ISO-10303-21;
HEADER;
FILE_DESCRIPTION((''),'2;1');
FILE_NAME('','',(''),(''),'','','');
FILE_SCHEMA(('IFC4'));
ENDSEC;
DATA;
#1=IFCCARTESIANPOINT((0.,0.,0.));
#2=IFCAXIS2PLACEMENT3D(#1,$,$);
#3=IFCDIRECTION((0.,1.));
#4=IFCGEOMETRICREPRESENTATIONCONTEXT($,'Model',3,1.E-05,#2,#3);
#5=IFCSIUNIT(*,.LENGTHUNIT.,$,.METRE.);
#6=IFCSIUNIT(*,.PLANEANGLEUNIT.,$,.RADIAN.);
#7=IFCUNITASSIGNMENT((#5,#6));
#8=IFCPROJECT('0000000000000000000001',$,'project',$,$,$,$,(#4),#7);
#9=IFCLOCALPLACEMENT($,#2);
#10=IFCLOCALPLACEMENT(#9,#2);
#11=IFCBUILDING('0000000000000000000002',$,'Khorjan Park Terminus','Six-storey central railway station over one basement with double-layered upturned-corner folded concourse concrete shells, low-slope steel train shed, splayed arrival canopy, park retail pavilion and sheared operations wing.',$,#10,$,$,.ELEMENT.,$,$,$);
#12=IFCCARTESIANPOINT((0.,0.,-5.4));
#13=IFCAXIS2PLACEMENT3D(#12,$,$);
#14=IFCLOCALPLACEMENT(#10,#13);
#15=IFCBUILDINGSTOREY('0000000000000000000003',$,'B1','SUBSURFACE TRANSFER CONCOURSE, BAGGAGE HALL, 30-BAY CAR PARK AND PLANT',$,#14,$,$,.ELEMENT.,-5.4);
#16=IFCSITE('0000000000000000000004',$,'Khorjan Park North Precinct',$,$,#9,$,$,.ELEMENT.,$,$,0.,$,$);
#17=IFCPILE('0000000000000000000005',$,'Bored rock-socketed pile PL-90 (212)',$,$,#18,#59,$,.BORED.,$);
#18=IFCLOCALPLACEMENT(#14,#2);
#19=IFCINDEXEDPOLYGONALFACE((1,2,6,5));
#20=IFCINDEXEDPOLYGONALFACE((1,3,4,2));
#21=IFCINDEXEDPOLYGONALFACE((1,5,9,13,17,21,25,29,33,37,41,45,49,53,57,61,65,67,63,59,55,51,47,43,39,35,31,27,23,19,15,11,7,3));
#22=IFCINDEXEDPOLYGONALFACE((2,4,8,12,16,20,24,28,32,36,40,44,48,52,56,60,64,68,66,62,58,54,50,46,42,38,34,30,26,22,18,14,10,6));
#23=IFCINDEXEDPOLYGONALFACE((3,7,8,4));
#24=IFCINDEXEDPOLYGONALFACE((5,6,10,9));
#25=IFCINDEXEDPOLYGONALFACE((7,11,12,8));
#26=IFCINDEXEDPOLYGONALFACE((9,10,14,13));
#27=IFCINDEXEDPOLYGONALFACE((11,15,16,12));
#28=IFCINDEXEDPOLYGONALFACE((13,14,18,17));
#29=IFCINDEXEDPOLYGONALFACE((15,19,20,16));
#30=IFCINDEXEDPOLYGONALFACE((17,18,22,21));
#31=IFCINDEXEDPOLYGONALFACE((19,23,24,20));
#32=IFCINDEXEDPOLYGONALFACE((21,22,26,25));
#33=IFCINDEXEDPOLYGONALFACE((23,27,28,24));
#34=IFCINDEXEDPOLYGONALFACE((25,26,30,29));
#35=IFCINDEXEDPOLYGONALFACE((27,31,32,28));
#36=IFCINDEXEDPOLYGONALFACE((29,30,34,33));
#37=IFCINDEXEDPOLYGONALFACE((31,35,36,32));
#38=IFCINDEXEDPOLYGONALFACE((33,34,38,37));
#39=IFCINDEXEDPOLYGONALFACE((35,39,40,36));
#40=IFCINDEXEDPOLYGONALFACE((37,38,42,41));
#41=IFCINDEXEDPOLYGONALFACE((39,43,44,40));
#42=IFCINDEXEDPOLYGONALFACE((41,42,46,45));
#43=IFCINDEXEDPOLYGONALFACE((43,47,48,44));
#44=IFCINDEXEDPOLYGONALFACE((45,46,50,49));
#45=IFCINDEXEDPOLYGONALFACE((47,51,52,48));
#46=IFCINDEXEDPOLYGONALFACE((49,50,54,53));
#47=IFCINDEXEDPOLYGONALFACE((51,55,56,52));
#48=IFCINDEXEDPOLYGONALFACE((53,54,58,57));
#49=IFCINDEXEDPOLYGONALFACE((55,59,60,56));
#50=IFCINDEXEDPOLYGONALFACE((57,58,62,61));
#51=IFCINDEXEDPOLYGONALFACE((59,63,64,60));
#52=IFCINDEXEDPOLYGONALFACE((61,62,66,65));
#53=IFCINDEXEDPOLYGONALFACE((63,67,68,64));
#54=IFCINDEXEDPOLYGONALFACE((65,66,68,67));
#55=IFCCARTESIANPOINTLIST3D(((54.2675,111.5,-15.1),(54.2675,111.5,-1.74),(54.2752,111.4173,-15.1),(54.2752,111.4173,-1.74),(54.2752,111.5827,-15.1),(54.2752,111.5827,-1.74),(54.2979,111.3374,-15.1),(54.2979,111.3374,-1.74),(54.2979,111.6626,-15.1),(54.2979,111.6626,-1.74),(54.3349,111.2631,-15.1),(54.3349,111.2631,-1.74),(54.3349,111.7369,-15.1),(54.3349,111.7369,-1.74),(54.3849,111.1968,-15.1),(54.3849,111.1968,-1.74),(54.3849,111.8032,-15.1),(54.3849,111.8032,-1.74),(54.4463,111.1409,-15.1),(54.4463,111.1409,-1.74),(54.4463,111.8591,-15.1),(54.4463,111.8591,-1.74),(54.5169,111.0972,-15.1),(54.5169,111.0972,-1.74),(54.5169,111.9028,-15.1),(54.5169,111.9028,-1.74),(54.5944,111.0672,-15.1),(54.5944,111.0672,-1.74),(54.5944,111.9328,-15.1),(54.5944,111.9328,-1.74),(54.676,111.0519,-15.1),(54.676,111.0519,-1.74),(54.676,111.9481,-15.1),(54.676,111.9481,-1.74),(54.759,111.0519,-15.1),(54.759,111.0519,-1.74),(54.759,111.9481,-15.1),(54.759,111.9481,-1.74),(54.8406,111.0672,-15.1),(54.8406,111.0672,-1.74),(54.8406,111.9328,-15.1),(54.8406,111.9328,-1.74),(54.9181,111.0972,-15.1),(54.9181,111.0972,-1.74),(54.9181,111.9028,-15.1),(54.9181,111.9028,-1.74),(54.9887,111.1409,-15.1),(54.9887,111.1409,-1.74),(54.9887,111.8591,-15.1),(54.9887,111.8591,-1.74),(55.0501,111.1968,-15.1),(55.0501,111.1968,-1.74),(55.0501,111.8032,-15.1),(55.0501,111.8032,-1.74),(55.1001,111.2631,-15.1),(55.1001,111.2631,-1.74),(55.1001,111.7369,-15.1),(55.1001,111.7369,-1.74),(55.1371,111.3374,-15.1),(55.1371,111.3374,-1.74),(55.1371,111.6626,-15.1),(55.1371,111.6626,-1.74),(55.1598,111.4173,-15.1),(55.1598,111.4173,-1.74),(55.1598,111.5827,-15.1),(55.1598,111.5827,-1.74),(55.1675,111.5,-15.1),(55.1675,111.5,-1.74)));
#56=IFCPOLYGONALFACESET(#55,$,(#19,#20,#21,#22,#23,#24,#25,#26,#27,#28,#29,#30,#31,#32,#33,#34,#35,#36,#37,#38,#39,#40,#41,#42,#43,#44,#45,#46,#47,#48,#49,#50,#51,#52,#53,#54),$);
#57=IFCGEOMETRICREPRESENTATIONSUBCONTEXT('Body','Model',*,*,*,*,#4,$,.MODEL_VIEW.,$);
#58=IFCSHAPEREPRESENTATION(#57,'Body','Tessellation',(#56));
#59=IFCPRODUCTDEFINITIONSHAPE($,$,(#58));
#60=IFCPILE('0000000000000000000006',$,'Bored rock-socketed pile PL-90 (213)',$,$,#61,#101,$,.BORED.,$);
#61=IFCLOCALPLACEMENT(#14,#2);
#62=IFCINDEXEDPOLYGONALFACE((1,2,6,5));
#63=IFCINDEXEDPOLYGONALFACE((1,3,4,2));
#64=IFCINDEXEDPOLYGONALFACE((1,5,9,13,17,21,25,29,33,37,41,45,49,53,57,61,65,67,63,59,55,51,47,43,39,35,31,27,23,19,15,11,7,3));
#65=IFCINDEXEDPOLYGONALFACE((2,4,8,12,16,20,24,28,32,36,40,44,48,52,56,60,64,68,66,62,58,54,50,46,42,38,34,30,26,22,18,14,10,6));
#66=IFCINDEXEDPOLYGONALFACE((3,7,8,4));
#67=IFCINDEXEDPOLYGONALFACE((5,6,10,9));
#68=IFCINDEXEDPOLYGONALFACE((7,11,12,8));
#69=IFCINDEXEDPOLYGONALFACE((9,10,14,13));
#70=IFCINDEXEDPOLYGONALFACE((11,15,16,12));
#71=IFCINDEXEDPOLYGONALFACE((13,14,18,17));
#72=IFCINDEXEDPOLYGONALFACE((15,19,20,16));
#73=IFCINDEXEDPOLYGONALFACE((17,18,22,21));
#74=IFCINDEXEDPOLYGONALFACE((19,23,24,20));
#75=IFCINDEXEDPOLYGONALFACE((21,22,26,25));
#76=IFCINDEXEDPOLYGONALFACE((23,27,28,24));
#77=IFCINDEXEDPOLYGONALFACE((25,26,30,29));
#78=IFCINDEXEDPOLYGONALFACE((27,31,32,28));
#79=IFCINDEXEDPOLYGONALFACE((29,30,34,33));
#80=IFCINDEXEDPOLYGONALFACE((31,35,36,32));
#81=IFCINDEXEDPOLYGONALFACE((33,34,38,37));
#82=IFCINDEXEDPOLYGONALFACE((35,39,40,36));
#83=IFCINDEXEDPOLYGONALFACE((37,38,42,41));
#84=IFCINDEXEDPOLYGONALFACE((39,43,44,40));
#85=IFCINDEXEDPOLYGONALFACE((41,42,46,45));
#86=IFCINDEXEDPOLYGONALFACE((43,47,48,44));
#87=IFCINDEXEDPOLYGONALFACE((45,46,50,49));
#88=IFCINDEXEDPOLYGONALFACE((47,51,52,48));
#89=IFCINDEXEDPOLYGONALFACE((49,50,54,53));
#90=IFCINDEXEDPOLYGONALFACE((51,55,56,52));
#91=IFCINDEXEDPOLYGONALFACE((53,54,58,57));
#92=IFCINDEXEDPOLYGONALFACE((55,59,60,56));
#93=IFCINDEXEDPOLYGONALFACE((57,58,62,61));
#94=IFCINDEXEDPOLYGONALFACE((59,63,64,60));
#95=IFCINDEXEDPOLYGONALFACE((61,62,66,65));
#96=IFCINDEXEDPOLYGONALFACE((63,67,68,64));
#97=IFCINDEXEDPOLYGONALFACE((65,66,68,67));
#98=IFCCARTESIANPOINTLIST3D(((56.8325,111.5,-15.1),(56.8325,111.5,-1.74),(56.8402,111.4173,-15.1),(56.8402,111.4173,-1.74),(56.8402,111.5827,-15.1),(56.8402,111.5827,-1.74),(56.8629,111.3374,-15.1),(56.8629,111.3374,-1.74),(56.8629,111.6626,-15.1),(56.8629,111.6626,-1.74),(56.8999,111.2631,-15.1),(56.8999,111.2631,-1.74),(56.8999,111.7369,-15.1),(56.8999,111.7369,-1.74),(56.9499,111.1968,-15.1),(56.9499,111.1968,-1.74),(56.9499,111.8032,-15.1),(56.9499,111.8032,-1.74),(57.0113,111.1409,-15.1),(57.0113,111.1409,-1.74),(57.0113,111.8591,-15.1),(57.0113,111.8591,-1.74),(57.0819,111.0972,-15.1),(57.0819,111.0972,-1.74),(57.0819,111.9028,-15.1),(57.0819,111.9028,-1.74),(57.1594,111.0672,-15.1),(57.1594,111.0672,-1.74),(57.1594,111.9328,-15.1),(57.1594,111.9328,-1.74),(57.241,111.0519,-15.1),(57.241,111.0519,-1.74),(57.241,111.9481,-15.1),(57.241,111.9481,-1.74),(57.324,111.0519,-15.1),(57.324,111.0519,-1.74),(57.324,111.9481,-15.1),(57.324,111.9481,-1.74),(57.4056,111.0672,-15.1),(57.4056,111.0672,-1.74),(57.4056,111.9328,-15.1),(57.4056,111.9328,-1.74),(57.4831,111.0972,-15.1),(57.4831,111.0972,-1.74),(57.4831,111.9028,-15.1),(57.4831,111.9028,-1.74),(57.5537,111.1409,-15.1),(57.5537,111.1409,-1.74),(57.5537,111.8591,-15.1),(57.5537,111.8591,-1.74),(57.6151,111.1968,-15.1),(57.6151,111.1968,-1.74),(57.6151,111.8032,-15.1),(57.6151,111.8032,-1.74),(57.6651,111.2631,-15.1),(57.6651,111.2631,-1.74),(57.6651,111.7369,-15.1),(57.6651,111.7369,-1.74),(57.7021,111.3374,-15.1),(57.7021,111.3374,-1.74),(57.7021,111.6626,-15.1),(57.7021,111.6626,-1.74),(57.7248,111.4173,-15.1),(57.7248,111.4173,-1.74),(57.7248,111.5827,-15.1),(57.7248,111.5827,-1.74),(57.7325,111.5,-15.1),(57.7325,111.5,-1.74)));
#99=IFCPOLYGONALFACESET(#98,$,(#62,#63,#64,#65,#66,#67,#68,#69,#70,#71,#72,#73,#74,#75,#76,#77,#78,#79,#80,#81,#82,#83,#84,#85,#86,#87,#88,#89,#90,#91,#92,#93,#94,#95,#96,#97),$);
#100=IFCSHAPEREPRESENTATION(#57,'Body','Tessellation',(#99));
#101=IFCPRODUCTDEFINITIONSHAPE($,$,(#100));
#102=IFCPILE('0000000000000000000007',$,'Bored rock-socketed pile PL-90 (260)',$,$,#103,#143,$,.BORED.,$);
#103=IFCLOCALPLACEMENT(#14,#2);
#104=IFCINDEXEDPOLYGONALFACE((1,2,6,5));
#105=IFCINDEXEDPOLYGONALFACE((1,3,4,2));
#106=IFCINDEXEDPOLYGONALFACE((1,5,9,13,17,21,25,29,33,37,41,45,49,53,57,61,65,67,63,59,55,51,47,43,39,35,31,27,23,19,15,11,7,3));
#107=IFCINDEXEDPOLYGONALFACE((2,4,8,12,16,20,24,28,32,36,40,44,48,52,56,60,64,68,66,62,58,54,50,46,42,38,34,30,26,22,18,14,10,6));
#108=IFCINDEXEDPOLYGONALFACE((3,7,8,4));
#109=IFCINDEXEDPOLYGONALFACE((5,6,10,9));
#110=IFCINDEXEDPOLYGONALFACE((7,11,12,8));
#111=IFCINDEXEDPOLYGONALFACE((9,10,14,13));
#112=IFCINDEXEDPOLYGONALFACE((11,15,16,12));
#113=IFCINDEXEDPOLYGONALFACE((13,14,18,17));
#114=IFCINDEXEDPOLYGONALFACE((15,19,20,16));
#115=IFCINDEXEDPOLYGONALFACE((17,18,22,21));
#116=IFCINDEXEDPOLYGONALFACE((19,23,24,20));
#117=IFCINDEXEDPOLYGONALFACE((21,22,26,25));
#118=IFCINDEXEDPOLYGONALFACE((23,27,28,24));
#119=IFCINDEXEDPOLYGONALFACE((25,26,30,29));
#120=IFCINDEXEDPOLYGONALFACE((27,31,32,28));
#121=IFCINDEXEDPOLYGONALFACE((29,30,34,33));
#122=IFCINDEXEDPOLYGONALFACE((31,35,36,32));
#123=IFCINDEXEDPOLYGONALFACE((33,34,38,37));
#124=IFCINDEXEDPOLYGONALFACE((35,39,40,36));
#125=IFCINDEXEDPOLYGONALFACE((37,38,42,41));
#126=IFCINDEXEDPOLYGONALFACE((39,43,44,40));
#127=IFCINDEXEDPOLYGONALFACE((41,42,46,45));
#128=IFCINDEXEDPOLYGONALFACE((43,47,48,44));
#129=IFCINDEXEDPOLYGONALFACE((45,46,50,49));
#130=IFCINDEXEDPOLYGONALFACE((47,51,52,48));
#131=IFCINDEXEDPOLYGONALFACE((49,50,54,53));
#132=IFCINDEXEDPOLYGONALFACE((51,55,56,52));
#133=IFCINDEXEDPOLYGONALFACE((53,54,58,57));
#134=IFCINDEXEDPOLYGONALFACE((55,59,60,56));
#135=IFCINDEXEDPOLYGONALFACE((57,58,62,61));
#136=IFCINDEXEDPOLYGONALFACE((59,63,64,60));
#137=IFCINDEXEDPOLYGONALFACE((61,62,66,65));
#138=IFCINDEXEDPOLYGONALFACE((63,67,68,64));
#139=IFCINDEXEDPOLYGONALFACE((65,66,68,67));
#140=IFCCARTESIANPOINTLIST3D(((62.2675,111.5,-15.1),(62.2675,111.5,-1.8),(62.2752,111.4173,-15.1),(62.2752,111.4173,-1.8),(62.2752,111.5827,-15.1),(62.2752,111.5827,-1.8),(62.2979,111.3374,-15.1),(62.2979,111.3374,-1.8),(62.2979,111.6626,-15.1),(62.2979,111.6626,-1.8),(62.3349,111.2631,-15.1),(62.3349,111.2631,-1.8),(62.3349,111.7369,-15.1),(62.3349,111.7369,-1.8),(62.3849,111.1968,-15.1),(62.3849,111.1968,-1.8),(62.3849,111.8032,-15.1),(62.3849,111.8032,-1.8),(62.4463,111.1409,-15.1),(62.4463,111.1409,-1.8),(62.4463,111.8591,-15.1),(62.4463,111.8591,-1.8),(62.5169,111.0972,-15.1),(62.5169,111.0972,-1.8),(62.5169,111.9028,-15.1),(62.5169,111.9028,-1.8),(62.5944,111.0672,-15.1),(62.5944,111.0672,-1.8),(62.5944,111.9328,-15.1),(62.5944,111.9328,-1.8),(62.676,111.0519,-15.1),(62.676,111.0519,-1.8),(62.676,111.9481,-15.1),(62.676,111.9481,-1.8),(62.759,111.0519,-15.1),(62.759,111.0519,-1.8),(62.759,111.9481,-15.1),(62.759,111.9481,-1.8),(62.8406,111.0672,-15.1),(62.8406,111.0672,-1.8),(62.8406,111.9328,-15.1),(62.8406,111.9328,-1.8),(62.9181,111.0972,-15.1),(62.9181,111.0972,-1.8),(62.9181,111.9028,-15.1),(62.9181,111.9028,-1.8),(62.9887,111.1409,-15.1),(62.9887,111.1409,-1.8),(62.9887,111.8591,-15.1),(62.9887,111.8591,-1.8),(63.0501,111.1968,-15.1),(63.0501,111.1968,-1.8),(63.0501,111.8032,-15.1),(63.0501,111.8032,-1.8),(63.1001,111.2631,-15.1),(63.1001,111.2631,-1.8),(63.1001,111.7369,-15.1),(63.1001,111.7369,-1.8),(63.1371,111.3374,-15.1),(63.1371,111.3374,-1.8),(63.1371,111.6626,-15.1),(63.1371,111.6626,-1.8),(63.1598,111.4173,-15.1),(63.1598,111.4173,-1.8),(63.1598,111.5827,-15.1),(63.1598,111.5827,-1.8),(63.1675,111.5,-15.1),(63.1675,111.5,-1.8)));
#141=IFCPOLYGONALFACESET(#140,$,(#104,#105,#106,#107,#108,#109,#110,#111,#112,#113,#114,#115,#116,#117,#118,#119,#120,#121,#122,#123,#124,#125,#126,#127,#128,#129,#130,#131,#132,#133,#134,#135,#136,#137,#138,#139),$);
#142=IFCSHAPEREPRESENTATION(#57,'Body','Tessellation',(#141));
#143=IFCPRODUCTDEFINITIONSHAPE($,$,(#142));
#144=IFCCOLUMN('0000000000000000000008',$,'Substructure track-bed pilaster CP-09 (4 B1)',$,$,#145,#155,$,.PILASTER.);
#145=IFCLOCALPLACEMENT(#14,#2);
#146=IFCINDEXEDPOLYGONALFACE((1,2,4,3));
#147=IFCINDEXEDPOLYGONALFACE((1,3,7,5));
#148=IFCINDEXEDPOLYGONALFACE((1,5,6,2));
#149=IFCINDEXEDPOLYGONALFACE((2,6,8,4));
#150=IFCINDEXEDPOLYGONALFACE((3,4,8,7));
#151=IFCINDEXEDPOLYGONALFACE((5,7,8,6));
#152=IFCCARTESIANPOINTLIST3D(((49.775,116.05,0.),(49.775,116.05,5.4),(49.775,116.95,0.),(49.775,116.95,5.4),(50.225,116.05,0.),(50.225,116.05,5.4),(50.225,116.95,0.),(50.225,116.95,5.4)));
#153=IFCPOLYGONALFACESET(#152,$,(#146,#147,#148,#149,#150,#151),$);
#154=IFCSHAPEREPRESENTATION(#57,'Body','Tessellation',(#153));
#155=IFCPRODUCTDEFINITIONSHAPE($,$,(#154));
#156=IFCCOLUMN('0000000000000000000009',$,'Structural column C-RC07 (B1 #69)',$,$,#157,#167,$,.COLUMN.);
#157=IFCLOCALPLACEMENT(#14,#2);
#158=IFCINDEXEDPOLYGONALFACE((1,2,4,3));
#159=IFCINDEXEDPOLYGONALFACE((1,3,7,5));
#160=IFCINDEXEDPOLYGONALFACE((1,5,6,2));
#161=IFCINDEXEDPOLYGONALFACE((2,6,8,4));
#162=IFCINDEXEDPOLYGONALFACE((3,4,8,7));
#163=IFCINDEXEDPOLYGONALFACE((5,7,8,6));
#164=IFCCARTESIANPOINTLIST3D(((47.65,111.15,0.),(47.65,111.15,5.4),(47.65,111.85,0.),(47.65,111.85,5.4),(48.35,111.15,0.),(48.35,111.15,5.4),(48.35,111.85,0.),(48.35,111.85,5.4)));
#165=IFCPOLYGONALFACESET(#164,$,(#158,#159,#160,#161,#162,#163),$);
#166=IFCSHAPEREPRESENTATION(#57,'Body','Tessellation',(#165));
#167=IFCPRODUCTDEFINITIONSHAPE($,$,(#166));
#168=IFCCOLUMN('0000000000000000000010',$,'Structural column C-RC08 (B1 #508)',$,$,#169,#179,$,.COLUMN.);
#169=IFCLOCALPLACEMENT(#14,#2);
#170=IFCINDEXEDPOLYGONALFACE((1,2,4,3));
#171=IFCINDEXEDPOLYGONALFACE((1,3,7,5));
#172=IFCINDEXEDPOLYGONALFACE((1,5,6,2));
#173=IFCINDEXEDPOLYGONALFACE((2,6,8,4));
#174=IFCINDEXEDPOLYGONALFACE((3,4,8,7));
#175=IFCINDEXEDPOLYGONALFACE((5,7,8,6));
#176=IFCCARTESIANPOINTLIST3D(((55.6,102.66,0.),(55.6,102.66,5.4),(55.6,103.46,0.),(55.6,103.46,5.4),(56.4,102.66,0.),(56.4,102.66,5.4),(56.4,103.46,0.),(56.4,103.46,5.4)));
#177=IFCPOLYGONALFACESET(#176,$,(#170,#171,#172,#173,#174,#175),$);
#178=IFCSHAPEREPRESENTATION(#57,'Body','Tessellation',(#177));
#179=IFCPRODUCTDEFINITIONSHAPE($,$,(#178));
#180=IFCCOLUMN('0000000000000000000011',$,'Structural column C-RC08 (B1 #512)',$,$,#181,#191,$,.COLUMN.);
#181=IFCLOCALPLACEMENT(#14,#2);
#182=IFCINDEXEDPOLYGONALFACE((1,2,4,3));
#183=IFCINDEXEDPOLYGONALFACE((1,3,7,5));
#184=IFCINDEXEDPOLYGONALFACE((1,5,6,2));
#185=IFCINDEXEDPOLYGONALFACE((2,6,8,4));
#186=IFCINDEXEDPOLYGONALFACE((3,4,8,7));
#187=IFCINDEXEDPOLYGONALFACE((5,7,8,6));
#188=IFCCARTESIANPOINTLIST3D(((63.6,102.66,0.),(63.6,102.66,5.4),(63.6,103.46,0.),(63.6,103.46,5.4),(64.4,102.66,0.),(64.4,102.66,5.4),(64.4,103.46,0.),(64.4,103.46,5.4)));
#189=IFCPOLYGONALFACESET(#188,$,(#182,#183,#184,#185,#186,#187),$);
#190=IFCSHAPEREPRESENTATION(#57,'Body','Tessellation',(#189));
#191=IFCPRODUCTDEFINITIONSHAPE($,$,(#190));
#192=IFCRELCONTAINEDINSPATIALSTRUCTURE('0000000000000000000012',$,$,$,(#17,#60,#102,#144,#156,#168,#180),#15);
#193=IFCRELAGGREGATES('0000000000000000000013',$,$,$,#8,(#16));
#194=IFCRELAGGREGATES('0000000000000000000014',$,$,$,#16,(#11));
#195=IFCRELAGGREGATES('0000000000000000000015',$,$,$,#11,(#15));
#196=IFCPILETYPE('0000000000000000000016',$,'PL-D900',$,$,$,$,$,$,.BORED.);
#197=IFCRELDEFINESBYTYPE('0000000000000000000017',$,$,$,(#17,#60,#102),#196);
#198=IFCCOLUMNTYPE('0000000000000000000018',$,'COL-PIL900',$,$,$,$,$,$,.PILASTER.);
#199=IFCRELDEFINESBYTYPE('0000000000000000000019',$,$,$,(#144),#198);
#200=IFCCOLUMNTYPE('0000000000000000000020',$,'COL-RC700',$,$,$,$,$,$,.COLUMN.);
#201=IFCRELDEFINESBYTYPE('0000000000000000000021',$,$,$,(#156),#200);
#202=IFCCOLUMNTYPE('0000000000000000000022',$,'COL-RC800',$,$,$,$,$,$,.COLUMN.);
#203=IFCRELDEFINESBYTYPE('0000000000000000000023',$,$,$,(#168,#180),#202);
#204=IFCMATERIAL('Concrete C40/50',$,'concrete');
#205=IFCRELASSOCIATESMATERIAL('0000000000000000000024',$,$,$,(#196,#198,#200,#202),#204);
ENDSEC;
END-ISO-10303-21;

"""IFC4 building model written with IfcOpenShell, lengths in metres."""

from ifc_helpers import new_model, si_unit, direction, frame, origin, origin_2d, place, context, subcontext, project, spatial, rectangle, circle, extrude, material, material_profile, profile_set, type_object, element, save


model = new_model("IFC4")

# Units and contexts
model_context = context("Model", 3, precision=1e-05, world=origin(), true_north=direction((0.0, 1.0)))
body_context = subcontext(model_context, "Body", "Model", "MODEL_VIEW")
ifc_project = project(units=[si_unit("LENGTHUNIT", "METRE"), si_unit("PLANEANGLEUNIT", "RADIAN")], contexts=[model_context])

# Site, building, storey
site_placement = place(None, origin())
site = spatial("IfcSite", under=ifc_project, at=site_placement, Name="Khorjan Park North Precinct", CompositionType="ELEMENT", RefElevation=0.0)
building_placement = place(site_placement, origin())
building = spatial("IfcBuilding", under=site, at=building_placement, Name="Khorjan Park Terminus", Description="Six-storey central railway station over one basement with double-layered upturned-corner folded concourse concrete shells, low-slope steel train shed, splayed arrival canopy, park retail pavilion and sheared operations wing.", CompositionType="ELEMENT")
storey_placement = place(building_placement, frame((0.0, 0.0, -5.4)))
storey = spatial("IfcBuildingStorey", under=building, at=storey_placement, Name="B1", Description="SUBSURFACE TRANSFER CONCOURSE, BAGGAGE HALL, 30-BAY CAR PARK AND PLANT", CompositionType="ELEMENT", Elevation=-5.4)

# Shared definitions
ifc_material_1 = material(Name="Concrete C40/50", Category="concrete")

# Piles
ifc_material_profile_1 = material_profile(ifc_material_1, circle(Radius=0.45, at=origin_2d()), Name="BORED D900")
ifc_profile_set_1 = profile_set([ifc_material_profile_1], Name="Concrete C40/50")
pile_type_1 = type_object("IfcPileType", Name="PL-D900", PredefinedType="BORED", material=ifc_profile_set_1)
for number, where, z_axis, x_axis, name in (
    (1, (54.7175, 111.5, -1.74), (0.0, 0.0, -1.0), (1.0, 0.0, 0.0), "Bored rock-socketed pile PL-90 (212)"),
    (2, (57.2825, 111.5, -1.74), (0.0, 0.0, -1.0), (1.0, 0.0, 0.0), "Bored rock-socketed pile PL-90 (213)"),
):
    element("IfcPile", number, at=place(storey_placement, frame(where, z_axis=z_axis, x_axis=x_axis)), inside=storey, type_object=pile_type_1, Name=name, PredefinedType="BORED", context=body_context, shape_type="SweptSolid", body=[
        extrude(circle(Radius=0.45, at=origin_2d()), origin(), (0.0, 0.0, 1.0), 13.36),
    ])
pile_placement = place(storey_placement, frame((62.7175, 111.5, -1.8), z_axis=(0.0, 0.0, -1.0), x_axis=(1.0, 0.0, 0.0)))
element("IfcPile", 3, at=pile_placement, inside=storey, type_object=pile_type_1, Name="Bored rock-socketed pile PL-90 (260)", PredefinedType="BORED", context=body_context, shape_type="SweptSolid", body=[
    extrude(circle(Radius=0.45, at=origin_2d()), origin(), (0.0, 0.0, 1.0), 13.3),
])

# Columns
ifc_material_profile_2 = material_profile(ifc_material_1, rectangle(XDim=0.45, YDim=0.9, at=origin_2d()), Name="RC 450x900")
ifc_profile_set_2 = profile_set([ifc_material_profile_2], Name="Concrete C40/50")
column_type_1 = type_object("IfcColumnType", Name="COL-PIL900", PredefinedType="PILASTER", material=ifc_profile_set_2)
column_1_placement = place(storey_placement, frame((50.0, 116.5, 0.0), z_axis=(0.0, 0.0, 1.0), x_axis=(1.0, 0.0, 0.0)))
element("IfcColumn", 4, at=column_1_placement, inside=storey, type_object=column_type_1, Name="Substructure track-bed pilaster CP-09 (4 B1)", PredefinedType="PILASTER", context=body_context, shape_type="SweptSolid", body=[
    extrude(rectangle(XDim=0.45, YDim=0.9, at=origin_2d()), origin(), (0.0, 0.0, 1.0), 5.4),
])
ifc_material_profile_3 = material_profile(ifc_material_1, rectangle(XDim=0.7, YDim=0.7, at=origin_2d()), Name="RC 700x700")
ifc_profile_set_3 = profile_set([ifc_material_profile_3], Name="Concrete C40/50")
column_type_2 = type_object("IfcColumnType", Name="COL-RC700", PredefinedType="COLUMN", material=ifc_profile_set_3)
column_2_placement = place(storey_placement, frame((48.0, 111.5, 0.0), z_axis=(0.0, 0.0, 1.0), x_axis=(1.0, 0.0, 0.0)))
element("IfcColumn", 5, at=column_2_placement, inside=storey, type_object=column_type_2, Name="Structural column C-RC07 (B1 #69)", PredefinedType="COLUMN", context=body_context, shape_type="SweptSolid", body=[
    extrude(rectangle(XDim=0.7, YDim=0.7, at=origin_2d()), origin(), (0.0, 0.0, 1.0), 5.4),
])
ifc_material_profile_4 = material_profile(ifc_material_1, rectangle(XDim=0.8, YDim=0.8, at=origin_2d()), Name="RC 800x800")
ifc_profile_set_4 = profile_set([ifc_material_profile_4], Name="Concrete C40/50")
column_type_3 = type_object("IfcColumnType", Name="COL-RC800", PredefinedType="COLUMN", material=ifc_profile_set_4)
for number, where, z_axis, x_axis, name in (
    (6, (56.0, 103.06, 0.0), (0.0, 0.0, 1.0), (1.0, 0.0, 0.0), "Structural column C-RC08 (B1 #508)"),
    (7, (64.0, 103.06, 0.0), (0.0, 0.0, 1.0), (1.0, 0.0, 0.0), "Structural column C-RC08 (B1 #512)"),
):
    element("IfcColumn", number, at=place(storey_placement, frame(where, z_axis=z_axis, x_axis=x_axis)), inside=storey, type_object=column_type_3, Name=name, PredefinedType="COLUMN", context=body_context, shape_type="SweptSolid", body=[
        extrude(rectangle(XDim=0.8, YDim=0.8, at=origin_2d()), origin(), (0.0, 0.0, 1.0), 5.4),
    ])

save(model, "model.ifc")
